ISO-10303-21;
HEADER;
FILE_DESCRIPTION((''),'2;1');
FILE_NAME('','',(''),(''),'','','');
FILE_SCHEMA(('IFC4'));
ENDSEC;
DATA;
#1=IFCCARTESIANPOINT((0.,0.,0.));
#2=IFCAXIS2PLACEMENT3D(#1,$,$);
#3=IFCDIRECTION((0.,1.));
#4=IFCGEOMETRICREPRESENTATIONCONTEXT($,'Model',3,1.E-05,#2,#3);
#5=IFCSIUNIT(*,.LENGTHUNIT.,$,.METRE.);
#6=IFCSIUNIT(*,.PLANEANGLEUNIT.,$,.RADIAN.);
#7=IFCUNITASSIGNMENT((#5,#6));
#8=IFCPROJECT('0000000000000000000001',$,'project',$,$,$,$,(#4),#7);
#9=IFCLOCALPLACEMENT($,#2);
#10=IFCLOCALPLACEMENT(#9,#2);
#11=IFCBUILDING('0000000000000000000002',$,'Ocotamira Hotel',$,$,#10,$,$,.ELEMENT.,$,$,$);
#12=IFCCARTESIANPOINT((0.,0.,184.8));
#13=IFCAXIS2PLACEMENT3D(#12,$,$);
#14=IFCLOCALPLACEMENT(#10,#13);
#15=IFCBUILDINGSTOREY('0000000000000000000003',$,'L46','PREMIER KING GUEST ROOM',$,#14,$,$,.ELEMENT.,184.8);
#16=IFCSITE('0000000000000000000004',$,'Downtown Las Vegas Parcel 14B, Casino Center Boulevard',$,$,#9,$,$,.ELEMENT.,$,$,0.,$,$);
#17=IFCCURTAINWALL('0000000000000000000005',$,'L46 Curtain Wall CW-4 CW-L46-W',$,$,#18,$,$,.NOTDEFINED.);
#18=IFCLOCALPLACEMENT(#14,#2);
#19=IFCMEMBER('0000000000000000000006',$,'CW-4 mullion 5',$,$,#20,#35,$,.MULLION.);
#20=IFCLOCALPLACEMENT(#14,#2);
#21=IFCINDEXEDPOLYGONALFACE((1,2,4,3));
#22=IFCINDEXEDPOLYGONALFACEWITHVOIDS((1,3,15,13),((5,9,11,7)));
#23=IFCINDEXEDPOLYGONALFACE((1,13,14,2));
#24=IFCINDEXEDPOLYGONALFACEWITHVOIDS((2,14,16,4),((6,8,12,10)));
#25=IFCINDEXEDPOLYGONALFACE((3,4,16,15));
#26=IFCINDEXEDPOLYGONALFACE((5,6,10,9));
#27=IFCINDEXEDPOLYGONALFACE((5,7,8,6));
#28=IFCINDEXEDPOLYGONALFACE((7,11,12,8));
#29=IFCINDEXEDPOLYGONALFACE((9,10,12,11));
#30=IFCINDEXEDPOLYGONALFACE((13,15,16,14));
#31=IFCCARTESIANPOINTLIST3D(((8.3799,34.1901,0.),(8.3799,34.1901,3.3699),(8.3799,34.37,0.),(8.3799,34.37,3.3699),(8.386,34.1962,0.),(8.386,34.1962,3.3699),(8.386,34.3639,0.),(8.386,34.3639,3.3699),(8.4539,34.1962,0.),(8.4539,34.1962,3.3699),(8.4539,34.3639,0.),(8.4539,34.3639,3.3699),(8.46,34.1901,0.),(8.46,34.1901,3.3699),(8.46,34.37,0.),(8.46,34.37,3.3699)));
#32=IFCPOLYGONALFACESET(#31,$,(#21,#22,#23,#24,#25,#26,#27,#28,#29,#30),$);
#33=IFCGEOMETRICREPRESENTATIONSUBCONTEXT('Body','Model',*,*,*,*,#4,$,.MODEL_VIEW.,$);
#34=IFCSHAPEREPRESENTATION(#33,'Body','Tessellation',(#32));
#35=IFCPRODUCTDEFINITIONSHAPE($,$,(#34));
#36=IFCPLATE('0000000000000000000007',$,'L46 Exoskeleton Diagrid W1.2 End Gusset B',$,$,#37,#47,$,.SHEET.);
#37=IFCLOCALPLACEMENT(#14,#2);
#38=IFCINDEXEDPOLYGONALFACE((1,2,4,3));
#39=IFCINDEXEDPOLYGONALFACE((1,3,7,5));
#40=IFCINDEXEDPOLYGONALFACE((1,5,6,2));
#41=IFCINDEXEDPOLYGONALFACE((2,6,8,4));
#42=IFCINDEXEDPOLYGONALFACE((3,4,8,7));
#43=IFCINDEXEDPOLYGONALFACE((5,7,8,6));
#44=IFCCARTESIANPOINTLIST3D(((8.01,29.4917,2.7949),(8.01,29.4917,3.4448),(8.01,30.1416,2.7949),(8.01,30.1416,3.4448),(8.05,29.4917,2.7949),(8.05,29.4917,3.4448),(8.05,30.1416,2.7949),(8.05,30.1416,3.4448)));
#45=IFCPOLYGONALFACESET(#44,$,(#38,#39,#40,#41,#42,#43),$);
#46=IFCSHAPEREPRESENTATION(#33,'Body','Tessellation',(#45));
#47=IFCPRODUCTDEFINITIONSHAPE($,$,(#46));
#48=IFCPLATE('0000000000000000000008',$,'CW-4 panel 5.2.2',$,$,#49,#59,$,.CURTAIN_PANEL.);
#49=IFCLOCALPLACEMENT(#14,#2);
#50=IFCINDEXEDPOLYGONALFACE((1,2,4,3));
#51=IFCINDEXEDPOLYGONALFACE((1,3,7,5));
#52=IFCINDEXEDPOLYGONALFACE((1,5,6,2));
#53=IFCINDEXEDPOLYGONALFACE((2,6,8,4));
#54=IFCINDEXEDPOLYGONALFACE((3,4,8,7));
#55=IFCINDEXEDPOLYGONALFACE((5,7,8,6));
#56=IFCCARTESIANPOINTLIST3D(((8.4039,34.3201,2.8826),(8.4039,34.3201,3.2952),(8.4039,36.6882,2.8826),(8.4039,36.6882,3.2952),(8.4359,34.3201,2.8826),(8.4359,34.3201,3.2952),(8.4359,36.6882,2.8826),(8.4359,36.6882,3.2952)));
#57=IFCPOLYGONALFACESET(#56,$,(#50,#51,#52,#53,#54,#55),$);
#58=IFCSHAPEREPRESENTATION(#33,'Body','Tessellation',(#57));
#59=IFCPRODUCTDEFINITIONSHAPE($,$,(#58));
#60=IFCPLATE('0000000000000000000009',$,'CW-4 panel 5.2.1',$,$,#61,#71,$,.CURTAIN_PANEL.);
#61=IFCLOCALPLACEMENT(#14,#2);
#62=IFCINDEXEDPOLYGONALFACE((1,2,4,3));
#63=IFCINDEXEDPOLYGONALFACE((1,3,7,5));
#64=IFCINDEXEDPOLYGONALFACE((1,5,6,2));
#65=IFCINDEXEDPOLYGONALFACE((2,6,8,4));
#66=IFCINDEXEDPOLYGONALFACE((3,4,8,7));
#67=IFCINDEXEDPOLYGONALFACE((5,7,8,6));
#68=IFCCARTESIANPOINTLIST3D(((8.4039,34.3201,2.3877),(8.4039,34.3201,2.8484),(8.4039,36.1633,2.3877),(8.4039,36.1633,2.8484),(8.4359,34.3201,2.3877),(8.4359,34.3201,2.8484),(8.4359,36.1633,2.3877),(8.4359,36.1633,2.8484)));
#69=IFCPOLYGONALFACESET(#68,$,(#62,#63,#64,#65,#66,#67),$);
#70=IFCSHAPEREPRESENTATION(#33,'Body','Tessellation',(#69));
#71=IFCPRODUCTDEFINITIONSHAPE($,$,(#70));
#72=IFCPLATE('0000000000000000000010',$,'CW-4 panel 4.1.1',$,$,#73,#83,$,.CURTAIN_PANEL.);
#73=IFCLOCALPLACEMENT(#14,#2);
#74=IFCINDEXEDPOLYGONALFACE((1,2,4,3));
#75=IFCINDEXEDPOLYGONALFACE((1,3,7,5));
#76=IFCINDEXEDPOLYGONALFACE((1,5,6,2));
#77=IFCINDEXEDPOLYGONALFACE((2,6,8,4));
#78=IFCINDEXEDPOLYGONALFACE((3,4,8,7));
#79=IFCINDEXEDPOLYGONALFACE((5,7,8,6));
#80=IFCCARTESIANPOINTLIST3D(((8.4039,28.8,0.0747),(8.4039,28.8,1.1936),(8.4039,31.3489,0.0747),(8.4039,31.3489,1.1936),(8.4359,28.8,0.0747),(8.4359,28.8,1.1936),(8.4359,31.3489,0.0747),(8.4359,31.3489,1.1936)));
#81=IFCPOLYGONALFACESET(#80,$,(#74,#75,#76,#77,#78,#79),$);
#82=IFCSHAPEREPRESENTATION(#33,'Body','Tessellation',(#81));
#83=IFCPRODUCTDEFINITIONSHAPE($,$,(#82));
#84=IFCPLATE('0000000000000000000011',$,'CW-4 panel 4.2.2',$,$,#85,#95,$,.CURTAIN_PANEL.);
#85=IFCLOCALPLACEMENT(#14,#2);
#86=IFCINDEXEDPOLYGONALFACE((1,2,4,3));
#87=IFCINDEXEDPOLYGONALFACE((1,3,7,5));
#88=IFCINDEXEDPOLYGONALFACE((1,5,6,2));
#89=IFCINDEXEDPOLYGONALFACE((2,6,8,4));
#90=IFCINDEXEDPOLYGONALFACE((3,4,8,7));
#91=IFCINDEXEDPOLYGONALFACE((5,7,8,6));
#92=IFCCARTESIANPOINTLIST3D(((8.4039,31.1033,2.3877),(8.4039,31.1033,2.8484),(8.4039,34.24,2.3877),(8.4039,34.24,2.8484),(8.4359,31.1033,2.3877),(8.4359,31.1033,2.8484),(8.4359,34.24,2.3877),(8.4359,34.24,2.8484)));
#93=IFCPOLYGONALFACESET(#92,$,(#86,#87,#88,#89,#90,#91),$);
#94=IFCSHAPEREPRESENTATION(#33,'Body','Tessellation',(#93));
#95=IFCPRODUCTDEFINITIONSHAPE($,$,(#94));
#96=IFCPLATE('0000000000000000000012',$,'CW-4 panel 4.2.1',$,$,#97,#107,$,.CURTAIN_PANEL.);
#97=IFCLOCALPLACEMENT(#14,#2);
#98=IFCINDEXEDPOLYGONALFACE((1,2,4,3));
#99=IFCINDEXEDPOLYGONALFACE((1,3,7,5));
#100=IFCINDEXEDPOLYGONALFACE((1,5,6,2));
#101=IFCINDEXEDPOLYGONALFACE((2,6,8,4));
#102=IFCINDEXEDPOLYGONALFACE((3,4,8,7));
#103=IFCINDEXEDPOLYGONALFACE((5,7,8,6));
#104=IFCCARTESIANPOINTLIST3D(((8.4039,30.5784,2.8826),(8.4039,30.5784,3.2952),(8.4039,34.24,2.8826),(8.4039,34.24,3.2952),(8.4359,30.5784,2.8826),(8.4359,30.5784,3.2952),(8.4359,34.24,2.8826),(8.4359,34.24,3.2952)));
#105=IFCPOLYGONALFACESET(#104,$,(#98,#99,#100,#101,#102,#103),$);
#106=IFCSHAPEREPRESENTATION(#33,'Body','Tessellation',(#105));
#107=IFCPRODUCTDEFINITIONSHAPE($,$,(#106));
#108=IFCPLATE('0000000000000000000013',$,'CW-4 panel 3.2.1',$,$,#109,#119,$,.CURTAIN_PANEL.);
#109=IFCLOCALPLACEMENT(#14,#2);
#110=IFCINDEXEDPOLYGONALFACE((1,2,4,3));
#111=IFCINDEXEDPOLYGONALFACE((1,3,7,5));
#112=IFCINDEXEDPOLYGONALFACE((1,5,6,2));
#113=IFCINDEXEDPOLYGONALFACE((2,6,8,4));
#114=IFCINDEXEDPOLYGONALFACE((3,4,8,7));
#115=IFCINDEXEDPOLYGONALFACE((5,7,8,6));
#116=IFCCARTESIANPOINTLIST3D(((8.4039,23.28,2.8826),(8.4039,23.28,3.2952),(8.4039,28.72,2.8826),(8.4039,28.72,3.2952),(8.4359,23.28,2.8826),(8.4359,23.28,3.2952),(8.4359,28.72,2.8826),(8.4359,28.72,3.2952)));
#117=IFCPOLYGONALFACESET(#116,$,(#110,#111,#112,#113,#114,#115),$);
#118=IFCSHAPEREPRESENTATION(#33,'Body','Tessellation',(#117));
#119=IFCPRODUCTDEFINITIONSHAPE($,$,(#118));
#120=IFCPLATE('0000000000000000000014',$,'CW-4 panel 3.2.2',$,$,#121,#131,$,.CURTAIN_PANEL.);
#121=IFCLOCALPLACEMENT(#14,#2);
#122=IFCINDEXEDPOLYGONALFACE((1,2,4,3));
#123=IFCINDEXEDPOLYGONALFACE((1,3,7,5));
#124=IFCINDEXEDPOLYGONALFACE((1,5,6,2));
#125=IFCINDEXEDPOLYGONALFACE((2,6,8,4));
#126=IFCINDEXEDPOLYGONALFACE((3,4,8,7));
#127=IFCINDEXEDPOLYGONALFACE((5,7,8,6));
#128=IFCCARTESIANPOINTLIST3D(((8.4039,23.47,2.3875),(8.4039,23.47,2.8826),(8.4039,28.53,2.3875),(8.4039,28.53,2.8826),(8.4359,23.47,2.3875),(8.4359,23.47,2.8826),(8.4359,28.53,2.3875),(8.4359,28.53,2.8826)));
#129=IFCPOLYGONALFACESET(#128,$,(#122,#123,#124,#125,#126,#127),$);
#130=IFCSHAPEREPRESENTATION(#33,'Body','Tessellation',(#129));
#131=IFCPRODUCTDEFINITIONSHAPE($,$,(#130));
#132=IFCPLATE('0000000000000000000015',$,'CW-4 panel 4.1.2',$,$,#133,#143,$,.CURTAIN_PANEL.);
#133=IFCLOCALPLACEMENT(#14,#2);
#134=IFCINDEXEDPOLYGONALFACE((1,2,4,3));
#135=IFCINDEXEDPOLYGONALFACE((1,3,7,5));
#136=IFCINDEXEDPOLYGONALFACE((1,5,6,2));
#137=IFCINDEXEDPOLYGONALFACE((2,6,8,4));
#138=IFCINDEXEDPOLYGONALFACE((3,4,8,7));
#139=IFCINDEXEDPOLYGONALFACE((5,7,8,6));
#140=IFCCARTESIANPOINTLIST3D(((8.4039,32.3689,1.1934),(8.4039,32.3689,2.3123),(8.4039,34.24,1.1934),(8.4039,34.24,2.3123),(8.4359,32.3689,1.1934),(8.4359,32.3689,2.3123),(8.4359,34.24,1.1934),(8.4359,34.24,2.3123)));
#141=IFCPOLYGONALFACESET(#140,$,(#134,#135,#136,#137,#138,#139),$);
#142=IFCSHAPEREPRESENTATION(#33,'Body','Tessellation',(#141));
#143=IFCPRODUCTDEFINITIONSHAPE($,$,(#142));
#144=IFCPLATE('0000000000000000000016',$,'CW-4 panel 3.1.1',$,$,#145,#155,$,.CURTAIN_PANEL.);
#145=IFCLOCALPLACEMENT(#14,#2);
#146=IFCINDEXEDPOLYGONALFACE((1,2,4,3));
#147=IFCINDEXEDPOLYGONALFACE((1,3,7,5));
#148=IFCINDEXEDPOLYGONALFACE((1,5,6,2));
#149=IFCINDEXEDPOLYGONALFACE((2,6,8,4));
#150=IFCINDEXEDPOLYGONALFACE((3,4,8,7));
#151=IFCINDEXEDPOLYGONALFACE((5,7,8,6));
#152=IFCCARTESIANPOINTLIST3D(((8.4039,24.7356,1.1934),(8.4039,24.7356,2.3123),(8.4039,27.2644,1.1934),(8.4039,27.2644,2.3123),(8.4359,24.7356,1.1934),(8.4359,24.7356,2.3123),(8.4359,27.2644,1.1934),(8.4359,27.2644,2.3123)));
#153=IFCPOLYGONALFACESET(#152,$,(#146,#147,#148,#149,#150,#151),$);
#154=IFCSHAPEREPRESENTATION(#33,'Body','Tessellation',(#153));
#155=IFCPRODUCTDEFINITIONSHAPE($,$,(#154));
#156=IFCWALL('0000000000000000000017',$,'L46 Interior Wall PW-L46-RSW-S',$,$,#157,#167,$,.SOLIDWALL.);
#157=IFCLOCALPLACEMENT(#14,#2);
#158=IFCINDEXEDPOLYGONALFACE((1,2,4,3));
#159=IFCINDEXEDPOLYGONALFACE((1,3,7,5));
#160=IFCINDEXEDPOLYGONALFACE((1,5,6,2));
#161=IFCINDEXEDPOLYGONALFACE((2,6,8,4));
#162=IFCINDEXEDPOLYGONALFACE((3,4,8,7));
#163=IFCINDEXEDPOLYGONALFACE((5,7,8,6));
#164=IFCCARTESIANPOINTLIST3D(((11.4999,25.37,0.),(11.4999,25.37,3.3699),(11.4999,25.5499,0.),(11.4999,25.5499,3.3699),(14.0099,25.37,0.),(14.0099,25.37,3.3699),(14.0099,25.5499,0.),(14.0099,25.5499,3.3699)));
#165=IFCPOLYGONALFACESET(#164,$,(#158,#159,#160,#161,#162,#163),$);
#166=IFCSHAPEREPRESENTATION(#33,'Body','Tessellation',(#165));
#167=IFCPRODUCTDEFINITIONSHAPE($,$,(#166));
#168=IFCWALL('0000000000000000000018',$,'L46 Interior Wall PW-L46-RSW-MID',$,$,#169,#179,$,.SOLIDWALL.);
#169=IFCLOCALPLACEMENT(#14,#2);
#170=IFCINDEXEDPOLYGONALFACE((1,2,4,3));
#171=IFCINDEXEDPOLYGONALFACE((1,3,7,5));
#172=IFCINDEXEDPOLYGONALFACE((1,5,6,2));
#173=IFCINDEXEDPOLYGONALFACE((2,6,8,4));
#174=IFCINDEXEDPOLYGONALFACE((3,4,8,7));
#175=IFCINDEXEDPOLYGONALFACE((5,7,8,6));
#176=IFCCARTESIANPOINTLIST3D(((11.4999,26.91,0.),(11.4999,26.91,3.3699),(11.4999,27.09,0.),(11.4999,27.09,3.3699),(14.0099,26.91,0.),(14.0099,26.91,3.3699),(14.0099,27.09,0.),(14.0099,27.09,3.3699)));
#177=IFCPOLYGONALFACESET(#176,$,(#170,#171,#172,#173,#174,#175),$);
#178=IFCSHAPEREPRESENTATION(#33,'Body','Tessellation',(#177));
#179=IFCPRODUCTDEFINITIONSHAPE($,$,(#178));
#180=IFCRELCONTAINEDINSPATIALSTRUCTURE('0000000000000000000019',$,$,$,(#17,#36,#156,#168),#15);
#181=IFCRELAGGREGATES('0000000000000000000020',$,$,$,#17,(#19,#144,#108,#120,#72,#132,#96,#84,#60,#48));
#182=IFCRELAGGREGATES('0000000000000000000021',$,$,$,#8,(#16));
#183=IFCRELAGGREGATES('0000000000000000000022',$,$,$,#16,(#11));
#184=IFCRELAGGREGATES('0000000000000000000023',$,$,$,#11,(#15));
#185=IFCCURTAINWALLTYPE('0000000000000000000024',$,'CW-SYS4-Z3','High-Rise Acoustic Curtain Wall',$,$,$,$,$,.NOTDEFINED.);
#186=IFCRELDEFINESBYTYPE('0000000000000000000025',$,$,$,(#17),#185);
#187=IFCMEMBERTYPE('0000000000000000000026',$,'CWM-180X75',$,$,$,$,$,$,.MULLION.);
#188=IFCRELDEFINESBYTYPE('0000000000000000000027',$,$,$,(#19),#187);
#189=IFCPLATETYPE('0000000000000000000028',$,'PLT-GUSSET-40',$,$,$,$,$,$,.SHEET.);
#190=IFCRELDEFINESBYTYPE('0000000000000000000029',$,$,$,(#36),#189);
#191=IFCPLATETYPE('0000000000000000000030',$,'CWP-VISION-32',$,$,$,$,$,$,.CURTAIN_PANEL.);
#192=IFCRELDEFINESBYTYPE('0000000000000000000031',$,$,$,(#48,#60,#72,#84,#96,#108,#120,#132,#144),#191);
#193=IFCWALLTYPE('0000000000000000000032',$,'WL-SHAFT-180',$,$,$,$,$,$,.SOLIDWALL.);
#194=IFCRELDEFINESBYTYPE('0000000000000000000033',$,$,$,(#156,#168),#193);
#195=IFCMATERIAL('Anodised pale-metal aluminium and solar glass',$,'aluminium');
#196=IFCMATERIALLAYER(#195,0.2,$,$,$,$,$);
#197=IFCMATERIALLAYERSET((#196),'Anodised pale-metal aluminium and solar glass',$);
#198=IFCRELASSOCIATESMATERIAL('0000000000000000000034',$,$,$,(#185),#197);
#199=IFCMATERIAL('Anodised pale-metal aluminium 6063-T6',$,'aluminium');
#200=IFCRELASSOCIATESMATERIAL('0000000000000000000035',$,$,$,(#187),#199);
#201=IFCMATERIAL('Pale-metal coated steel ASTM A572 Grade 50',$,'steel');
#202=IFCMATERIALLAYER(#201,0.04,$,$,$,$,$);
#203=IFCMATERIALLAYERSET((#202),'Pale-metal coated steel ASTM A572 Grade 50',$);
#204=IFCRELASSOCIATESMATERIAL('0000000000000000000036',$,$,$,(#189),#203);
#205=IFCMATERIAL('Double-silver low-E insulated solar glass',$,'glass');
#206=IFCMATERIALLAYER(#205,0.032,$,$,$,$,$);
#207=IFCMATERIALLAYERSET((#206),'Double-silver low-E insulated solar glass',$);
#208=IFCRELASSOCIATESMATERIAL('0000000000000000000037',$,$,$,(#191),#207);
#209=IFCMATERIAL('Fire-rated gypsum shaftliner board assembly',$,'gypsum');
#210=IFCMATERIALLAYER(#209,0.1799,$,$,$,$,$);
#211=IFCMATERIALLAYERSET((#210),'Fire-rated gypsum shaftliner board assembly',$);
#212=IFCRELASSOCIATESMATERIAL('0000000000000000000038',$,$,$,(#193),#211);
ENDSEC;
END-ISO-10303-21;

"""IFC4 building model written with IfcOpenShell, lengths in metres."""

from ifc_helpers import new_model, si_unit, direction, frame, frame_2d, origin, origin_2d, place, context, subcontext, project, spatial, rectangle, hollow_rectangle, extrude, source, transform, mapped, material, layer, layer_set, material_profile, profile_set, type_object, element, aggregate, save


model = new_model("IFC4")

# Units and contexts
model_context = context("Model", 3, precision=1e-05, world=origin(), true_north=direction((0.0, 1.0)))
body_context = subcontext(model_context, "Body", "Model", "MODEL_VIEW")
ifc_project = project(units=[si_unit("LENGTHUNIT", "METRE"), si_unit("PLANEANGLEUNIT", "RADIAN")], contexts=[model_context])

# Site, building, storey
site_placement = place(None, origin())
site = spatial("IfcSite", under=ifc_project, at=site_placement, Name="Downtown Las Vegas Parcel 14B, Casino Center Boulevard", CompositionType="ELEMENT", RefElevation=0.0)
building_placement = place(site_placement, origin())
building = spatial("IfcBuilding", under=site, at=building_placement, Name="Ocotamira Hotel", CompositionType="ELEMENT")
storey_placement = place(building_placement, frame((0.0, 0.0, 184.8)))
storey = spatial("IfcBuildingStorey", under=building, at=storey_placement, Name="L46", Description="PREMIER KING GUEST ROOM", CompositionType="ELEMENT", Elevation=184.8)

# Curtain wall, member
ifc_material_1 = material(Name="Anodised pale-metal aluminium and solar glass", Category="aluminium")
ifc_layer_1 = layer(ifc_material_1, 0.2)
ifc_layer_set_1 = layer_set([ifc_layer_1], Name="Anodised pale-metal aluminium and solar glass")
curtain_wall_type = type_object("IfcCurtainWallType", Name="CW-SYS4-Z3", Description="High-Rise Acoustic Curtain Wall", PredefinedType="NOTDEFINED", material=ifc_layer_set_1)
curtain_wall_placement = place(storey_placement, origin())
curtain_wall = element("IfcCurtainWall", 1, at=curtain_wall_placement, inside=storey, type_object=curtain_wall_type, Name="L46 Curtain Wall CW-4 CW-L46-W", PredefinedType="NOTDEFINED")
ifc_material_2 = material(Name="Anodised pale-metal aluminium 6063-T6", Category="aluminium")
ifc_material_profile_1 = material_profile(ifc_material_2, hollow_rectangle(XDim=0.0801, YDim=0.1799, WallThickness=0.0061, at=origin_2d()), Name="HSS180X80X6")
ifc_profile_set_1 = profile_set([ifc_material_profile_1], Name="Anodised pale-metal aluminium 6063-T6")
member_type_1 = type_object("IfcMemberType", Name="CWM-180X75", PredefinedType="MULLION", material=ifc_profile_set_1)
shared_shape_1 = source(origin(), body_context, "Body", "SweptSolid", [
    extrude(hollow_rectangle(XDim=0.0801, YDim=0.1799, WallThickness=0.0061, at=origin_2d()), origin(), (0.0, 0.0, 1.0), 3.3699),
])
member_1_placement = place(storey_placement, frame((8.4199, 34.28, 0.0), z_axis=(0.0, 0.0, 1.0), x_axis=(-1.0, 0.0, 0.0)))
member_1 = element("IfcMember", 2, at=member_1_placement, type_object=member_type_1, Name="CW-4 mullion 5", PredefinedType="MULLION", context=body_context, shape_type="MappedRepresentation", body=[
    mapped(shared_shape_1, transform((0.0, 0.0, 0.0), scale=1.0)),
])

# Plates
ifc_material_3 = material(Name="Pale-metal coated steel ASTM A572 Grade 50", Category="steel")
ifc_layer_2 = layer(ifc_material_3, 0.04)
ifc_layer_set_2 = layer_set([ifc_layer_2], Name="Pale-metal coated steel ASTM A572 Grade 50")
plate_type_1 = type_object("IfcPlateType", Name="PLT-GUSSET-40", PredefinedType="SHEET", material=ifc_layer_set_2)
shared_shape_2 = source(origin(), body_context, "Body", "SweptSolid", [
    extrude(rectangle(XDim=0.04, YDim=0.6499, at=origin_2d()), origin(), (0.0, 0.0, 1.0), 0.6499),
])
plate_1_placement = place(storey_placement, frame((8.03, 29.8167, 2.7949), z_axis=(0.0, 0.0, 1.0), x_axis=(1.0, 0.0, 0.0)))
element("IfcPlate", 3, at=plate_1_placement, inside=storey, type_object=plate_type_1, Name="L46 Exoskeleton Diagrid W1.2 End Gusset B", PredefinedType="SHEET", context=body_context, shape_type="MappedRepresentation", body=[
    mapped(shared_shape_2, transform((0.0, 0.0, 0.0), scale=1.0)),
])
ifc_material_4 = material(Name="Double-silver low-E insulated solar glass", Category="glass")
ifc_layer_3 = layer(ifc_material_4, 0.032)
ifc_layer_set_3 = layer_set([ifc_layer_3], Name="Double-silver low-E insulated solar glass")
plate_type_2 = type_object("IfcPlateType", Name="CWP-VISION-32", PredefinedType="CURTAIN_PANEL", material=ifc_layer_set_3)
shared_shape_3 = source(origin(), body_context, "Body", "SweptSolid", [
    extrude(rectangle(XDim=2.3682, YDim=0.032, at=origin_2d()), origin(), (0.0, 0.0, 1.0), 0.4126),
])
plate_2_placement = place(storey_placement, frame((8.4199, 35.5042, 2.8826), z_axis=(0.0, 0.0, 1.0), x_axis=(0.0, 1.0, 0.0)))
plate_2 = element("IfcPlate", 4, at=plate_2_placement, type_object=plate_type_2, Name="CW-4 panel 5.2.2", PredefinedType="CURTAIN_PANEL", context=body_context, shape_type="MappedRepresentation", body=[
    mapped(shared_shape_3, transform((0.0, 0.0, 0.0), scale=1.0)),
])
shared_shape_4 = source(origin(), body_context, "Body", "SweptSolid", [
    extrude(rectangle(XDim=1.8433, YDim=0.032, at=origin_2d()), origin(), (0.0, 0.0, 1.0), 0.4607),
])
plate_3_placement = place(storey_placement, frame((8.4199, 35.2417, 2.3877), z_axis=(0.0, 0.0, 1.0), x_axis=(0.0, 1.0, 0.0)))
plate_3 = element("IfcPlate", 5, at=plate_3_placement, type_object=plate_type_2, Name="CW-4 panel 5.2.1", PredefinedType="CURTAIN_PANEL", context=body_context, shape_type="MappedRepresentation", body=[
    mapped(shared_shape_4, transform((0.0, 0.0, 0.0), scale=1.0)),
])
shared_shape_5 = source(origin(), body_context, "Body", "SweptSolid", [
    extrude(rectangle(XDim=2.5488, YDim=0.032, at=origin_2d()), origin(), (0.0, 0.0, 1.0), 1.1189),
])
plate_4_placement = place(storey_placement, frame((8.4199, 30.0745, 0.0747), z_axis=(0.0, 0.0, 1.0), x_axis=(0.0, 1.0, 0.0)))
plate_4 = element("IfcPlate", 6, at=plate_4_placement, type_object=plate_type_2, Name="CW-4 panel 4.1.1", PredefinedType="CURTAIN_PANEL", context=body_context, shape_type="MappedRepresentation", body=[
    mapped(shared_shape_5, transform((0.0, 0.0, 0.0), scale=1.0)),
])
shared_shape_6 = source(origin(), body_context, "Body", "SweptSolid", [
    extrude(rectangle(XDim=3.1367, YDim=0.032, at=origin_2d()), origin(), (0.0, 0.0, 1.0), 0.4607),
])
plate_5_placement = place(storey_placement, frame((8.4199, 32.6716, 2.3877), z_axis=(0.0, 0.0, 1.0), x_axis=(0.0, 1.0, 0.0)))
plate_5 = element("IfcPlate", 7, at=plate_5_placement, type_object=plate_type_2, Name="CW-4 panel 4.2.2", PredefinedType="CURTAIN_PANEL", context=body_context, shape_type="MappedRepresentation", body=[
    mapped(shared_shape_6, transform((0.0, 0.0, 0.0), scale=1.0)),
])
shared_shape_7 = source(origin(), body_context, "Body", "SweptSolid", [
    extrude(rectangle(XDim=3.6616, YDim=0.032, at=origin_2d()), origin(), (0.0, 0.0, 1.0), 0.4126),
])
plate_6_placement = place(storey_placement, frame((8.4199, 32.4092, 2.8826), z_axis=(0.0, 0.0, 1.0), x_axis=(0.0, 1.0, 0.0)))
plate_6 = element("IfcPlate", 8, at=plate_6_placement, type_object=plate_type_2, Name="CW-4 panel 4.2.1", PredefinedType="CURTAIN_PANEL", context=body_context, shape_type="MappedRepresentation", body=[
    mapped(shared_shape_7, transform((0.0, 0.0, 0.0), scale=1.0)),
])
shared_shape_8 = source(origin(), body_context, "Body", "SweptSolid", [
    extrude(rectangle(XDim=5.4399, YDim=0.032, at=origin_2d()), origin(), (0.0, 0.0, 1.0), 0.4126),
])
plate_7_placement = place(storey_placement, frame((8.4199, 26.0, 2.8826), z_axis=(0.0, 0.0, 1.0), x_axis=(0.0, 1.0, 0.0)))
plate_7 = element("IfcPlate", 9, at=plate_7_placement, type_object=plate_type_2, Name="CW-4 panel 3.2.1", PredefinedType="CURTAIN_PANEL", context=body_context, shape_type="MappedRepresentation", body=[
    mapped(shared_shape_8, transform((0.0, 0.0, 0.0), scale=1.0)),
])
shared_shape_9 = source(origin(), body_context, "Body", "SweptSolid", [
    extrude(rectangle(XDim=5.0601, YDim=0.032, at=origin_2d()), origin(), (0.0, 0.0, 1.0), 0.4951),
])
plate_8_placement = place(storey_placement, frame((8.4199, 26.0, 2.3875), z_axis=(0.0, 0.0, 1.0), x_axis=(0.0, 1.0, 0.0)))
plate_8 = element("IfcPlate", 10, at=plate_8_placement, type_object=plate_type_2, Name="CW-4 panel 3.2.2", PredefinedType="CURTAIN_PANEL", context=body_context, shape_type="MappedRepresentation", body=[
    mapped(shared_shape_9, transform((0.0, 0.0, 0.0), scale=1.0)),
])
shared_shape_10 = source(origin(), body_context, "Body", "SweptSolid", [
    extrude(rectangle(XDim=1.8711, YDim=0.032, at=origin_2d()), origin(), (0.0, 0.0, 1.0), 1.1189),
])
plate_9_placement = place(storey_placement, frame((8.4199, 33.3044, 1.1934), z_axis=(0.0, 0.0, 1.0), x_axis=(0.0, 1.0, 0.0)))
plate_9 = element("IfcPlate", 11, at=plate_9_placement, type_object=plate_type_2, Name="CW-4 panel 4.1.2", PredefinedType="CURTAIN_PANEL", context=body_context, shape_type="MappedRepresentation", body=[
    mapped(shared_shape_10, transform((0.0, 0.0, 0.0), scale=1.0)),
])
shared_shape_11 = source(origin(), body_context, "Body", "SweptSolid", [
    extrude(rectangle(XDim=2.5288, YDim=0.032, at=origin_2d()), origin(), (0.0, 0.0, 1.0), 1.1189),
])
plate_10_placement = place(storey_placement, frame((8.4199, 26.0, 1.1934), z_axis=(0.0, 0.0, 1.0), x_axis=(0.0, 1.0, 0.0)))
plate_10 = element("IfcPlate", 12, at=plate_10_placement, type_object=plate_type_2, Name="CW-4 panel 3.1.1", PredefinedType="CURTAIN_PANEL", context=body_context, shape_type="MappedRepresentation", body=[
    mapped(shared_shape_11, transform((0.0, 0.0, 0.0), scale=1.0)),
])
aggregate(curtain_wall, [member_1, plate_10, plate_7, plate_8, plate_4, plate_9, plate_6, plate_5, plate_3, plate_2])

# Walls
ifc_material_5 = material(Name="Fire-rated gypsum shaftliner board assembly", Category="gypsum")
ifc_layer_4 = layer(ifc_material_5, 0.1799)
ifc_layer_set_4 = layer_set([ifc_layer_4], Name="Fire-rated gypsum shaftliner board assembly")
wall_type_1 = type_object("IfcWallType", Name="WL-SHAFT-180", PredefinedType="SOLIDWALL", material=ifc_layer_set_4)
for number, where, z_axis, x_axis, name in (
    (13, (11.5, 25.46, 0.0), (0.0, 0.0, 1.0), (1.0, 0.0, 0.0), "L46 Interior Wall PW-L46-RSW-S"),
    (14, (11.5, 27.0, 0.0), (0.0, 0.0, 1.0), (1.0, 0.0, 0.0), "L46 Interior Wall PW-L46-RSW-MID"),
):
    element("IfcWall", number, at=place(storey_placement, frame(where, z_axis=z_axis, x_axis=x_axis)), inside=storey, type_object=wall_type_1, Name=name, PredefinedType="SOLIDWALL", context=body_context, shape_type="SweptSolid", body=[
        extrude(rectangle(XDim=2.51, YDim=0.1799, at=frame_2d((1.2549, 0.0))), origin(), (0.0, 0.0, 1.0), 3.3699),
    ])

save(model, "model.ifc")
